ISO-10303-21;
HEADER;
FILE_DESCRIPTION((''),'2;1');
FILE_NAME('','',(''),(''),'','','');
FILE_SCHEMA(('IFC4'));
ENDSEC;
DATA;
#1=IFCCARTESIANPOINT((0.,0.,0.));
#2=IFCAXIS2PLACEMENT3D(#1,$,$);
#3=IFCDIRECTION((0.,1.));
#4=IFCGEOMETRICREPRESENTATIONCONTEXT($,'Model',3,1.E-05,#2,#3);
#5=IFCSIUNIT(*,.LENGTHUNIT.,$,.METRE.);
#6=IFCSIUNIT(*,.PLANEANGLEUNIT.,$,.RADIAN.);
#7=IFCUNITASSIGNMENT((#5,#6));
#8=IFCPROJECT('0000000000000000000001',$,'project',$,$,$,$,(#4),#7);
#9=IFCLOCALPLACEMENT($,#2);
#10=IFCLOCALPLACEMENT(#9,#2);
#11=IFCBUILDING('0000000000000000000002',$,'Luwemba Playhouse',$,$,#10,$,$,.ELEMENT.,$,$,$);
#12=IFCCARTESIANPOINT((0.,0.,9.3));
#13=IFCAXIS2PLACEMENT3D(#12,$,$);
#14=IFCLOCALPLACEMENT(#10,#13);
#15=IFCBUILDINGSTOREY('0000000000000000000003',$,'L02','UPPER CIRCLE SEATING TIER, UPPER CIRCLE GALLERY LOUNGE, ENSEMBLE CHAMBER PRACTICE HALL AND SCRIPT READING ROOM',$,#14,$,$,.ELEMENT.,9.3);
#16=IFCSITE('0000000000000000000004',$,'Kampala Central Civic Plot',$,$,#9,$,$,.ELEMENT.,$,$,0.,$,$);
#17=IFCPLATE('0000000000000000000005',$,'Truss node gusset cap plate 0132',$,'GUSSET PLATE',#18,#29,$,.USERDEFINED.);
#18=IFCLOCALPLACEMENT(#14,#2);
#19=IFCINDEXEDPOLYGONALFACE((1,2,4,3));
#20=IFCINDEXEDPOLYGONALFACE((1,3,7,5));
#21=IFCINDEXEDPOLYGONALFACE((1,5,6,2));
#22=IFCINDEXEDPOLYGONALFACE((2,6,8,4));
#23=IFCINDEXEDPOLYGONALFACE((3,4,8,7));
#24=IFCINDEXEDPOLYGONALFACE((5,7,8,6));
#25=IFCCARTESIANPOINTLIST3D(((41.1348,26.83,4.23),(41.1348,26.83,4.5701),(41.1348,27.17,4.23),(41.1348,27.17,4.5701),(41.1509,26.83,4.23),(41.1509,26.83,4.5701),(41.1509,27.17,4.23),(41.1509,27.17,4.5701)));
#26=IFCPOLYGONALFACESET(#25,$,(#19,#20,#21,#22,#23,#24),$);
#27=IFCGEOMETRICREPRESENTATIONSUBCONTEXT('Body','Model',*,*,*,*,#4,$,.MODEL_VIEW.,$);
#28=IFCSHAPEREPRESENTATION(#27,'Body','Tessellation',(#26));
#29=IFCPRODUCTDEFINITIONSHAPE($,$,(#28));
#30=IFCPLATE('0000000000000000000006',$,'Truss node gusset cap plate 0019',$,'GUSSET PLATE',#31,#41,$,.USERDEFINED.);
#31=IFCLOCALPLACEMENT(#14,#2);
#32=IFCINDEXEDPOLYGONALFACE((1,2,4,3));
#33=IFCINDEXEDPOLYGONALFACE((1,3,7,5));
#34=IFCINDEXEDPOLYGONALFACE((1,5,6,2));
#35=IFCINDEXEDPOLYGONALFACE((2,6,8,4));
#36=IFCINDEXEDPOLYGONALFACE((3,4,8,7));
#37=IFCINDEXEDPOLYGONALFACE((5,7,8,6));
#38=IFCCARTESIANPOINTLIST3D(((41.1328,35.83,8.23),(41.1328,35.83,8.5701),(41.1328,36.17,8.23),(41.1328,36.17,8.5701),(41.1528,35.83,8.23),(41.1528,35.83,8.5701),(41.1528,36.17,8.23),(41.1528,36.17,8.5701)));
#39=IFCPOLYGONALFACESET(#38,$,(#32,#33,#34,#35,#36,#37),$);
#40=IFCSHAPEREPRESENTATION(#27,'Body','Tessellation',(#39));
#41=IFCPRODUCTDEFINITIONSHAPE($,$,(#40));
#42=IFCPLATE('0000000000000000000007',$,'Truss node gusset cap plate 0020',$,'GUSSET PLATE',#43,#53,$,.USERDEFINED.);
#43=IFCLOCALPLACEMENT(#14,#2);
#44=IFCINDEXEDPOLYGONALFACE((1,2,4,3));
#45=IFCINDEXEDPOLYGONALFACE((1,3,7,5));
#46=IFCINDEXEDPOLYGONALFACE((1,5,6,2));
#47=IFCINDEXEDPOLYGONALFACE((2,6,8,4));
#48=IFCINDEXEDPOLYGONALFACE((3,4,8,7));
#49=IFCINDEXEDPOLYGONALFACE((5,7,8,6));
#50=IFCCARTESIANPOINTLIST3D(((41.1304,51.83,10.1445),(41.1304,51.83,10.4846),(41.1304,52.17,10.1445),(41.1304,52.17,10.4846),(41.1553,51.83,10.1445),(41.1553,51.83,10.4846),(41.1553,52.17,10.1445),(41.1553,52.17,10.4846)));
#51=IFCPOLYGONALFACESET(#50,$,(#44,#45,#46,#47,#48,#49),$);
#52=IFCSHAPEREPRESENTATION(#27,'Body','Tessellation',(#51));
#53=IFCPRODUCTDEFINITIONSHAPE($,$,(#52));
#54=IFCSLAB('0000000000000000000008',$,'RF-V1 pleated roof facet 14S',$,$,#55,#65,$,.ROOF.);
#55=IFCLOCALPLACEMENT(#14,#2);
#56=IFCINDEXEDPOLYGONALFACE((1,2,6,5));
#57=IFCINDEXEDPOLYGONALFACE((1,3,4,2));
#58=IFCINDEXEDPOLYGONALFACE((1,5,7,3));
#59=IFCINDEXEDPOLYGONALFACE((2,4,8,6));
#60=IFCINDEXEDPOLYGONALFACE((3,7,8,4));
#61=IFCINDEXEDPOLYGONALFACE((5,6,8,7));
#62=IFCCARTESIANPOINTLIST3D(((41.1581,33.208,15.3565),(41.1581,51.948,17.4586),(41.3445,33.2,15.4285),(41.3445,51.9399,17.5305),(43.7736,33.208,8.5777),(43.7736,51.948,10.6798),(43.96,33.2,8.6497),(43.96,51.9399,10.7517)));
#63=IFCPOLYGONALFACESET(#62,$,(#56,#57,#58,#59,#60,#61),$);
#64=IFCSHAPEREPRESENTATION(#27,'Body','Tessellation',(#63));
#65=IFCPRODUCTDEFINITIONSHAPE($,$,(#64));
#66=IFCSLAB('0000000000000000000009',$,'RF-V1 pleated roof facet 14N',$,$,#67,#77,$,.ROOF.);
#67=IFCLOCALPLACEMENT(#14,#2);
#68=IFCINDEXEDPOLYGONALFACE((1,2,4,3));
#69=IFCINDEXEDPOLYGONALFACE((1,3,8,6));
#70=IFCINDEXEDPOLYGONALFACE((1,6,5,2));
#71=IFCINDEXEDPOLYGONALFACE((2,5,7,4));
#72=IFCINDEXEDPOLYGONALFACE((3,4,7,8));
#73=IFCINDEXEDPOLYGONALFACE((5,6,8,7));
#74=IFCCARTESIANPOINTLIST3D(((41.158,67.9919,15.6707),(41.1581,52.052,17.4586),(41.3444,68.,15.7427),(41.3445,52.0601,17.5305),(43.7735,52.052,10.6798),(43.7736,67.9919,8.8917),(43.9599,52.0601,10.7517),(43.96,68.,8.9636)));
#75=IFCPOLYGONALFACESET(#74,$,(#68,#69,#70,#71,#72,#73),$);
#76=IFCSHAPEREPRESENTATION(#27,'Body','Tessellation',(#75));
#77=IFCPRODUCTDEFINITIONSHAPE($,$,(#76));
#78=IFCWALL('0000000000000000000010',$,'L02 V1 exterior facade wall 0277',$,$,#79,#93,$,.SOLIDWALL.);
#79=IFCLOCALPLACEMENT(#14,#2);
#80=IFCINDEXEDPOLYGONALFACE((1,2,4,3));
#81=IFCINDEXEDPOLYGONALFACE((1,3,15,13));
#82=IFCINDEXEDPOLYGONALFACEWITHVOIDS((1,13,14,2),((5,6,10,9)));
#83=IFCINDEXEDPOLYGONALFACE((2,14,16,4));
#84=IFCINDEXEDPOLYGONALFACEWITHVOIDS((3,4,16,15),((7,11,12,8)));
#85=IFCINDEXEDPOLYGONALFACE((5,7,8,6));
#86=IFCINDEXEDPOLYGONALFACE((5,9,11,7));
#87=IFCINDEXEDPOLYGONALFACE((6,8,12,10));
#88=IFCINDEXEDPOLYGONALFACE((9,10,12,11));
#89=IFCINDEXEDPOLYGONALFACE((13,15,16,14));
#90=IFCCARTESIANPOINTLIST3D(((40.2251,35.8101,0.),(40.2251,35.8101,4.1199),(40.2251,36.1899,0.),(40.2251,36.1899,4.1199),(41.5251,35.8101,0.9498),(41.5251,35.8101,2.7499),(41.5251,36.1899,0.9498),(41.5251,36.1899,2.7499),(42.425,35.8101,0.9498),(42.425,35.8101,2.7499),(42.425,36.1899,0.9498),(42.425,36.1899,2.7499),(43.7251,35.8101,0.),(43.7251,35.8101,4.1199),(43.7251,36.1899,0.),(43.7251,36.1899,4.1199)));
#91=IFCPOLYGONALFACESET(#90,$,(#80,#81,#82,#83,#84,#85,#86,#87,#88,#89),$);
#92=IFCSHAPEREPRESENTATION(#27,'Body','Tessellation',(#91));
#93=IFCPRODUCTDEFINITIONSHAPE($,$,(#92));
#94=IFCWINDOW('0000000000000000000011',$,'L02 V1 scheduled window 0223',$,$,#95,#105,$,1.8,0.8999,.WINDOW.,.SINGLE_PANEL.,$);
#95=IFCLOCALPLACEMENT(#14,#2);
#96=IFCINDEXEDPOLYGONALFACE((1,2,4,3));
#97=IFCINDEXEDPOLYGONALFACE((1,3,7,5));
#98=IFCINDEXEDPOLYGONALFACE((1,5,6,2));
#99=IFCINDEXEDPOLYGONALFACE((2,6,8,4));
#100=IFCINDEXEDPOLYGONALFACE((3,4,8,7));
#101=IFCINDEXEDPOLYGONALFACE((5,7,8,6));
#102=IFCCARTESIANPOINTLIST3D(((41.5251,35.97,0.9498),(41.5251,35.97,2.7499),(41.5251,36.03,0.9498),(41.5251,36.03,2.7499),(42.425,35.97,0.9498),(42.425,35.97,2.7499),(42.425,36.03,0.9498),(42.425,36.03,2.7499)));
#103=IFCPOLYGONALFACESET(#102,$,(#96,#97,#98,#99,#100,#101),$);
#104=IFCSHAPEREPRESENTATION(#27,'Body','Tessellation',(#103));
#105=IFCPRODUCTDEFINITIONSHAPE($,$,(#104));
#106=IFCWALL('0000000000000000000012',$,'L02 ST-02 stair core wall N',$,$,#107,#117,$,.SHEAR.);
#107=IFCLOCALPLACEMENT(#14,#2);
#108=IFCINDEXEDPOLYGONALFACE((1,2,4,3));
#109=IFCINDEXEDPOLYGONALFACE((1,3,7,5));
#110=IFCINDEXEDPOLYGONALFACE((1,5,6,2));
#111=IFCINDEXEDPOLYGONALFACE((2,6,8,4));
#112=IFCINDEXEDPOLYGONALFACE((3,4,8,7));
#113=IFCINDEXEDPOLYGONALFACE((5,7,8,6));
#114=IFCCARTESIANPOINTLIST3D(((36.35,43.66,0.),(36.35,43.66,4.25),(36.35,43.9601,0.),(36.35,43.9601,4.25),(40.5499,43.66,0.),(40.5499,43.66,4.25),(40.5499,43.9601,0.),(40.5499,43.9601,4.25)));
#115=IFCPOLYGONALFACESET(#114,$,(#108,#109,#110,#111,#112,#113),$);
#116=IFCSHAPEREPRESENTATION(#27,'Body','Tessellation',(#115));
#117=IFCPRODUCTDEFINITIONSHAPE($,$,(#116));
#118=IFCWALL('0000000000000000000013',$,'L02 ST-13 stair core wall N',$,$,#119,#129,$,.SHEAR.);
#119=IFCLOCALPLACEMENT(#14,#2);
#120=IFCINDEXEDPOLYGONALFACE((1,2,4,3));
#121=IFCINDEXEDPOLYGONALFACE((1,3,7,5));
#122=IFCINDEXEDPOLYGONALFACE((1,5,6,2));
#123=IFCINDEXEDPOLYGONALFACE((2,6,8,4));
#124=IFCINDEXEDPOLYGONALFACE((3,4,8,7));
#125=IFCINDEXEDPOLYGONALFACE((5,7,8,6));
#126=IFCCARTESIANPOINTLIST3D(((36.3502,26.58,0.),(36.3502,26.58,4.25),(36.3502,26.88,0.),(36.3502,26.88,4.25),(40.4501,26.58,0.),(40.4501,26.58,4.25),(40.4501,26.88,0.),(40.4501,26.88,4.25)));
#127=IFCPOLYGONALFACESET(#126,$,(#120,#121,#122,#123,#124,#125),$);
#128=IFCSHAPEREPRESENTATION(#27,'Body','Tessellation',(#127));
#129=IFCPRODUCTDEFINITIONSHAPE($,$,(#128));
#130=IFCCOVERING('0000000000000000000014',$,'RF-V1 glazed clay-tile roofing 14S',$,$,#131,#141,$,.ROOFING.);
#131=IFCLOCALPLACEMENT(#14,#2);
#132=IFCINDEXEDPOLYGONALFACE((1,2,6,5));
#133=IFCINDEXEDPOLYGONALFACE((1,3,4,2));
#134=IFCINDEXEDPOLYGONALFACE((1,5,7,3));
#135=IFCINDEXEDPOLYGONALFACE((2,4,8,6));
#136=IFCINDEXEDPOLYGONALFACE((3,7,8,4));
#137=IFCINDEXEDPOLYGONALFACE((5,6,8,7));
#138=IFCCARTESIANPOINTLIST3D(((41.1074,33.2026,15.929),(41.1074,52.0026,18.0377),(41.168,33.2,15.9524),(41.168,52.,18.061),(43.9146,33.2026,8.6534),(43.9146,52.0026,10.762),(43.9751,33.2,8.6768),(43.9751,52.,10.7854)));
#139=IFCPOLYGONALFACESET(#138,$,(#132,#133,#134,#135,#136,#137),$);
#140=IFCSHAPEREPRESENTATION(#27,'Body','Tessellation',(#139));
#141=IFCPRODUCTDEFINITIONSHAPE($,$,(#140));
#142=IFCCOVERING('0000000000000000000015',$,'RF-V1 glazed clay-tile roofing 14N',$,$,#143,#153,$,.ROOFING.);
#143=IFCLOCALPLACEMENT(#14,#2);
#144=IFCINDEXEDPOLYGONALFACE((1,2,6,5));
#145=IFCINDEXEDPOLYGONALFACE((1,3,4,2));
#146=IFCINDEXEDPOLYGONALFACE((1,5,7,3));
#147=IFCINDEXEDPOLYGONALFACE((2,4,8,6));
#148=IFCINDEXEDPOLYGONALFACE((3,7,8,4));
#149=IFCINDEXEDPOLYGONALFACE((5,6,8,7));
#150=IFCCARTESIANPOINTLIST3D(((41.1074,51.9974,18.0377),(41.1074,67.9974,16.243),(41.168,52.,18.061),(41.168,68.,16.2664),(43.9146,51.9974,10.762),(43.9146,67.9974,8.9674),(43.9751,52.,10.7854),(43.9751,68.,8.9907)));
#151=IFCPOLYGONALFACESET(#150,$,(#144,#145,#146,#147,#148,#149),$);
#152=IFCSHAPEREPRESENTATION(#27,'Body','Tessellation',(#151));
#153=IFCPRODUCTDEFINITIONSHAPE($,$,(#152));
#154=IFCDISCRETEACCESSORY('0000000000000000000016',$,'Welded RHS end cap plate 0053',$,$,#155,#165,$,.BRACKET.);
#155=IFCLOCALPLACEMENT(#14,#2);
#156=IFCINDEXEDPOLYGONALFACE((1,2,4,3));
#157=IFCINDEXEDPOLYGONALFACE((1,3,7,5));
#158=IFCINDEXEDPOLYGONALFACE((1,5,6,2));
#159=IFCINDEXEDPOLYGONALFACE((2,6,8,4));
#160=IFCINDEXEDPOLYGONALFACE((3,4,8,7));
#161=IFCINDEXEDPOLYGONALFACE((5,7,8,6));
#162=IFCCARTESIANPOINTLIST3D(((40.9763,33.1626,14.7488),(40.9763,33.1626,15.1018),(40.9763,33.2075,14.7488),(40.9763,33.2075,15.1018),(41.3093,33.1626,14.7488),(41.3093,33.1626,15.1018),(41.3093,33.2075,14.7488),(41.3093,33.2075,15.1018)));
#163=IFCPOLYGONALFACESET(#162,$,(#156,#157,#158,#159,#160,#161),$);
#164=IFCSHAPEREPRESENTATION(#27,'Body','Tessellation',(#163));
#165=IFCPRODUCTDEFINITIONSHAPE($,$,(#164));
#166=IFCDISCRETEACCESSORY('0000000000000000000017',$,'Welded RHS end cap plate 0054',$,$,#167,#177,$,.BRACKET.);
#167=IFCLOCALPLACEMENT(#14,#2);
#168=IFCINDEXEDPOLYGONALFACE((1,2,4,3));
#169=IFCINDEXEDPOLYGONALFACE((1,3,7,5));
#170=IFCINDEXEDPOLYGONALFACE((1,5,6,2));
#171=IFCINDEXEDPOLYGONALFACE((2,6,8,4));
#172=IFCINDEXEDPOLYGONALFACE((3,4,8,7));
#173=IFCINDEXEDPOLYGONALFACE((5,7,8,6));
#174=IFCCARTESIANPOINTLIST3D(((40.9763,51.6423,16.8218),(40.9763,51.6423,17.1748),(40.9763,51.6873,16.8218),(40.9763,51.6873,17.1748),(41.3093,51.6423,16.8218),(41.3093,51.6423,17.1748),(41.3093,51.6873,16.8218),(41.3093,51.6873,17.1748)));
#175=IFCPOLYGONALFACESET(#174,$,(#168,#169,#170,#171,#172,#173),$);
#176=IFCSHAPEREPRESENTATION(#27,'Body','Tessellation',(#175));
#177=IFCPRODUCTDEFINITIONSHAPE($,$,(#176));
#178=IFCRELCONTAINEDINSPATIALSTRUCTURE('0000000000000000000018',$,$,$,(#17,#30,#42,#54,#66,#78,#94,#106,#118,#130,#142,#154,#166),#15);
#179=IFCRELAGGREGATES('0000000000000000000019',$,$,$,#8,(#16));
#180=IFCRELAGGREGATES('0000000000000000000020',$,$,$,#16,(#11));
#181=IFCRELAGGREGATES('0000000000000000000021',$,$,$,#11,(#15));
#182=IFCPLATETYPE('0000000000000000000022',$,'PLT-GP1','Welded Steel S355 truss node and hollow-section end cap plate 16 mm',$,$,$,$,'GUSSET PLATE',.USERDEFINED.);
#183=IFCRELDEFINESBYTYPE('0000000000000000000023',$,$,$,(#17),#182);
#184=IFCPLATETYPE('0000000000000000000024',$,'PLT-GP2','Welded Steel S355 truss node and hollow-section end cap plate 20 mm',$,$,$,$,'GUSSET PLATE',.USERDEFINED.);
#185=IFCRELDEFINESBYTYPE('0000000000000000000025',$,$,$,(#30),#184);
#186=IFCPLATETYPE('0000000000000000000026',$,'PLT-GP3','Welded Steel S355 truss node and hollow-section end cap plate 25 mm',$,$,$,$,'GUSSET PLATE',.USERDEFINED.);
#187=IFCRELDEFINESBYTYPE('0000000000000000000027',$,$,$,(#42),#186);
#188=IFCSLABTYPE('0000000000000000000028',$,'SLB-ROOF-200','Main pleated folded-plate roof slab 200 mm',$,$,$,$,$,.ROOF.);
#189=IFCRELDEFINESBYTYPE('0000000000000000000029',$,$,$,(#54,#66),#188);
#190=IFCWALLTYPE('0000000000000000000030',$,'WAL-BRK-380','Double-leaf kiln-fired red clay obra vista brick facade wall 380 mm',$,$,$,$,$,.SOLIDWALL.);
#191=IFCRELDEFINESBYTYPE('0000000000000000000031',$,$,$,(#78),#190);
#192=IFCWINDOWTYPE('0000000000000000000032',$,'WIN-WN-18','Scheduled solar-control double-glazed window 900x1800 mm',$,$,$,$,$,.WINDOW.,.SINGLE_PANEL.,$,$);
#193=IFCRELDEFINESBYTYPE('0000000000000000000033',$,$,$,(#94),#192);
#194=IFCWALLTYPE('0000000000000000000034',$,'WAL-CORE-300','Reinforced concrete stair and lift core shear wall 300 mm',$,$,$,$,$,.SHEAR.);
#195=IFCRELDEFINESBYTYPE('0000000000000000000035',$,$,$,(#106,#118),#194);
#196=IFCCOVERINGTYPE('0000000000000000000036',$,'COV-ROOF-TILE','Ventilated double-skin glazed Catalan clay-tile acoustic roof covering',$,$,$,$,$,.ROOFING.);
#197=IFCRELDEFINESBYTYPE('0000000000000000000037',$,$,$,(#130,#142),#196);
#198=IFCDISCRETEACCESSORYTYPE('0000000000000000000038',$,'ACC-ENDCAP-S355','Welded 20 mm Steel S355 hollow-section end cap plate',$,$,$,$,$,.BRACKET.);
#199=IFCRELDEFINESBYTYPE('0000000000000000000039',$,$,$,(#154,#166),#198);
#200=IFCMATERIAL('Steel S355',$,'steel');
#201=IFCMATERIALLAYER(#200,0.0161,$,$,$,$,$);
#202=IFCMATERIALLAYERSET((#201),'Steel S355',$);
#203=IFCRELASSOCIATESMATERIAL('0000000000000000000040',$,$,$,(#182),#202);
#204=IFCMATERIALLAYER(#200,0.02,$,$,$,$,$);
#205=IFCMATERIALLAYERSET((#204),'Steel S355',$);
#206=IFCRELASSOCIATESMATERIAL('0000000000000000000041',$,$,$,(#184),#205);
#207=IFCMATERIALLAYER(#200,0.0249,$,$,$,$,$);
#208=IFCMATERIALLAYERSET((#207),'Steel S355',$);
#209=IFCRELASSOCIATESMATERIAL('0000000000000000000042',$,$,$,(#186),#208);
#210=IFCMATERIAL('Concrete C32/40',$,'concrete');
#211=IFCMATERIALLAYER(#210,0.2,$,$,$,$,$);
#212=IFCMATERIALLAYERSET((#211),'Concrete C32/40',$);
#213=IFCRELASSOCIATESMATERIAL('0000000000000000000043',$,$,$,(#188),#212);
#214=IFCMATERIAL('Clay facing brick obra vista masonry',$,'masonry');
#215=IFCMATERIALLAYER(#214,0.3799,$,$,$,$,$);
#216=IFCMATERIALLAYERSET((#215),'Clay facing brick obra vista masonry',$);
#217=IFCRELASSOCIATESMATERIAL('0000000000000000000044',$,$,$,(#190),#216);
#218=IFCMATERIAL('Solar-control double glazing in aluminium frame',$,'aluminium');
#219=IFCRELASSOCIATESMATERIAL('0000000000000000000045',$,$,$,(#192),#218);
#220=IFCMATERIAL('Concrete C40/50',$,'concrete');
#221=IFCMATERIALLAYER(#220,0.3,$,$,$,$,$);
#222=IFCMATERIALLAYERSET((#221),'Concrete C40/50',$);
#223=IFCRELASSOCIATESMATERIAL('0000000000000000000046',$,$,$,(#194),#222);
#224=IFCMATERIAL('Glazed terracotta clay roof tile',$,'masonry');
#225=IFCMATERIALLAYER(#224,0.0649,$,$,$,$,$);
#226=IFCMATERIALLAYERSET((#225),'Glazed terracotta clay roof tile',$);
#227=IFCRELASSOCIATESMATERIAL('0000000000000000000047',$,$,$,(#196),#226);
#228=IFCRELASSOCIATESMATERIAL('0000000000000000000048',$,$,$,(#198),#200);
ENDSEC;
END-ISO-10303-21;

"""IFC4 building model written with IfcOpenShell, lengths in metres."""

from ifc_helpers import new_model, si_unit, direction, frame, frame_2d, origin, origin_2d, place, context, subcontext, project, spatial, polyline, rectangle, outline, extrude, material, layer, layer_set, type_object, element, fill, save


model = new_model("IFC4")

# Units and contexts
model_context = context("Model", 3, precision=1e-05, world=origin(), true_north=direction((0.0, 1.0)))
body_context = subcontext(model_context, "Body", "Model", "MODEL_VIEW")
ifc_project = project(units=[si_unit("LENGTHUNIT", "METRE"), si_unit("PLANEANGLEUNIT", "RADIAN")], contexts=[model_context])

# Site, building, storey
site_placement = place(None, origin())
site = spatial("IfcSite", under=ifc_project, at=site_placement, Name="Kampala Central Civic Plot", CompositionType="ELEMENT", RefElevation=0.0)
building_placement = place(site_placement, origin())
building = spatial("IfcBuilding", under=site, at=building_placement, Name="Luwemba Playhouse", CompositionType="ELEMENT")
storey_placement = place(building_placement, frame((0.0, 0.0, 9.3)))
storey = spatial("IfcBuildingStorey", under=building, at=storey_placement, Name="L02", Description="UPPER CIRCLE SEATING TIER, UPPER CIRCLE GALLERY LOUNGE, ENSEMBLE CHAMBER PRACTICE HALL AND SCRIPT READING ROOM", CompositionType="ELEMENT", Elevation=9.3)

# Shared definitions
ifc_material_1 = material(Name="Steel S355", Category="steel")

# Plates
ifc_layer_1 = layer(ifc_material_1, 0.0161)
ifc_layer_set_1 = layer_set([ifc_layer_1], Name="Steel S355")
plate_type_1 = type_object("IfcPlateType", Name="PLT-GP1", Description="Welded Steel S355 truss node and hollow-section end cap plate 16 mm", ElementType="GUSSET PLATE", PredefinedType="USERDEFINED", material=ifc_layer_set_1)
plate_1_placement = place(storey_placement, frame((41.1428, 27.0, 4.23), z_axis=(0.0, 0.0, 1.0), x_axis=(1.0, 0.0, 0.0)))
element("IfcPlate", 1, at=plate_1_placement, inside=storey, type_object=plate_type_1, Name="Truss node gusset cap plate 0132", ObjectType="GUSSET PLATE", PredefinedType="USERDEFINED", context=body_context, shape_type="SweptSolid", body=[
    extrude(rectangle(XDim=0.0161, YDim=0.3401, at=origin_2d()), origin(), (0.0, 0.0, 1.0), 0.3401),
])
ifc_layer_2 = layer(ifc_material_1, 0.02)
ifc_layer_set_2 = layer_set([ifc_layer_2], Name="Steel S355")
plate_type_2 = type_object("IfcPlateType", Name="PLT-GP2", Description="Welded Steel S355 truss node and hollow-section end cap plate 20 mm", ElementType="GUSSET PLATE", PredefinedType="USERDEFINED", material=ifc_layer_set_2)
plate_2_placement = place(storey_placement, frame((41.1428, 36.0, 8.23), z_axis=(0.0, 0.0, 1.0), x_axis=(1.0, 0.0, 0.0)))
element("IfcPlate", 2, at=plate_2_placement, inside=storey, type_object=plate_type_2, Name="Truss node gusset cap plate 0019", ObjectType="GUSSET PLATE", PredefinedType="USERDEFINED", context=body_context, shape_type="SweptSolid", body=[
    extrude(rectangle(XDim=0.02, YDim=0.3401, at=origin_2d()), origin(), (0.0, 0.0, 1.0), 0.3401),
])
ifc_layer_3 = layer(ifc_material_1, 0.0249)
ifc_layer_set_3 = layer_set([ifc_layer_3], Name="Steel S355")
plate_type_3 = type_object("IfcPlateType", Name="PLT-GP3", Description="Welded Steel S355 truss node and hollow-section end cap plate 25 mm", ElementType="GUSSET PLATE", PredefinedType="USERDEFINED", material=ifc_layer_set_3)
plate_3_placement = place(storey_placement, frame((41.1428, 52.0, 10.1445), z_axis=(0.0, 0.0, 1.0), x_axis=(1.0, 0.0, 0.0)))
element("IfcPlate", 3, at=plate_3_placement, inside=storey, type_object=plate_type_3, Name="Truss node gusset cap plate 0020", ObjectType="GUSSET PLATE", PredefinedType="USERDEFINED", context=body_context, shape_type="SweptSolid", body=[
    extrude(rectangle(XDim=0.0249, YDim=0.3401, at=origin_2d()), origin(), (0.0, 0.0, 1.0), 0.3401),
])

# Slabs
ifc_material_2 = material(Name="Concrete C32/40", Category="concrete")
ifc_layer_4 = layer(ifc_material_2, 0.2)
ifc_layer_set_4 = layer_set([ifc_layer_4], Name="Concrete C32/40")
slab_type = type_object("IfcSlabType", Name="SLB-ROOF-200", Description="Main pleated folded-plate roof slab 200 mm", PredefinedType="ROOF", material=ifc_layer_set_4)
slab_1_placement = place(storey_placement, frame((41.3445, 33.2, 15.4285), z_axis=(0.932205, -0.040344, 0.359674), x_axis=(0.359967, 0.0, -0.932965)))
element("IfcSlab", 4, at=slab_1_placement, inside=storey, type_object=slab_type, Name="RF-V1 pleated roof facet 14S", PredefinedType="ROOF", context=body_context, shape_type="SweptSolid", body=[
    extrude(outline(polyline([(0.0, 0.0), (7.2659, 0.0), (5.3047, 18.7553), (-1.9611, 18.7553), (0.0, 0.0)])), origin(), (0.0, 0.0, -1.0), 0.2),
])
slab_2_placement = place(storey_placement, frame((41.3445, 52.0601, 17.5305), z_axis=(0.932208, 0.040344, 0.359669), x_axis=(0.359962, 0.0, -0.932967)))
element("IfcSlab", 5, at=slab_2_placement, inside=storey, type_object=slab_type, Name="RF-V1 pleated roof facet 14N", PredefinedType="ROOF", context=body_context, shape_type="SweptSolid", body=[
    extrude(outline(polyline([(0.0, 0.0), (7.2659, 0.0), (8.9341, 15.9529), (1.668, 15.9529), (0.0, 0.0)])), origin(), (0.0, 0.0, -1.0), 0.2),
])

# Wall, opening, window
ifc_material_3 = material(Name="Clay facing brick obra vista masonry", Category="masonry")
ifc_layer_5 = layer(ifc_material_3, 0.3799)
ifc_layer_set_5 = layer_set([ifc_layer_5], Name="Clay facing brick obra vista masonry")
wall_type_1 = type_object("IfcWallType", Name="WAL-BRK-380", Description="Double-leaf kiln-fired red clay obra vista brick facade wall 380 mm", PredefinedType="SOLIDWALL", material=ifc_layer_set_5)
wall_1_placement = place(storey_placement, frame((43.7251, 36.0, 0.0), z_axis=(0.0, 0.0, 1.0), x_axis=(-1.0, 0.0, 0.0)))
wall_1 = element("IfcWall", 6, at=wall_1_placement, inside=storey, type_object=wall_type_1, Name="L02 V1 exterior facade wall 0277", PredefinedType="SOLIDWALL", context=body_context, shape_type="SweptSolid", body=[
    extrude(rectangle(XDim=3.5, YDim=0.3799, at=frame_2d((1.75, 0.0))), origin(), (0.0, 0.0, 1.0), 4.1199),
])
opening_placement = place(wall_1_placement, frame((1.3, 0.0, 0.95)))
opening = element("IfcOpeningElement", 7, at=opening_placement, cuts=wall_1, PredefinedType="OPENING", context=body_context, shape_type="SweptSolid", body=[
    extrude(rectangle(XDim=0.8999, YDim=1.8, at=frame_2d((0.45, 0.8999))), frame((0.0, 0.2, 0.0), z_axis=(0.0, -1.0, 0.0), x_axis=(1.0, 0.0, 0.0)), (0.0, 0.0, 1.0), 0.3999),
])
ifc_material_4 = material(Name="Solar-control double glazing in aluminium frame", Category="aluminium")
window_type = type_object("IfcWindowType", Name="WIN-WN-18", Description="Scheduled solar-control double-glazed window 900x1800 mm", PartitioningType="SINGLE_PANEL", PredefinedType="WINDOW", material=ifc_material_4)
window_placement = place(opening_placement, origin())
window = element("IfcWindow", 8, at=window_placement, inside=storey, type_object=window_type, Name="L02 V1 scheduled window 0223", OverallHeight=1.8, OverallWidth=0.8999, PartitioningType="SINGLE_PANEL", PredefinedType="WINDOW", context=body_context, shape_type="SweptSolid", body=[
    extrude(rectangle(XDim=0.8999, YDim=1.8, at=frame_2d((0.45, 0.8999))), frame((0.0, 0.03, 0.0), z_axis=(0.0, -1.0, 0.0), x_axis=(1.0, 0.0, 0.0)), (0.0, 0.0, 1.0), 0.0601),
])
fill(opening, window)

# Walls
ifc_material_5 = material(Name="Concrete C40/50", Category="concrete")
ifc_layer_6 = layer(ifc_material_5, 0.3)
ifc_layer_set_6 = layer_set([ifc_layer_6], Name="Concrete C40/50")
wall_type_2 = type_object("IfcWallType", Name="WAL-CORE-300", Description="Reinforced concrete stair and lift core shear wall 300 mm", PredefinedType="SHEAR", material=ifc_layer_set_6)
wall_2_placement = place(storey_placement, frame((40.55, 43.8101, 0.0), z_axis=(0.0, 0.0, 1.0), x_axis=(-1.0, 0.0, 0.0)))
element("IfcWall", 9, at=wall_2_placement, inside=storey, type_object=wall_type_2, Name="L02 ST-02 stair core wall N", PredefinedType="SHEAR", context=body_context, shape_type="SweptSolid", body=[
    extrude(rectangle(XDim=4.2, YDim=0.3, at=frame_2d((2.1001, 0.0))), origin(), (0.0, 0.0, 1.0), 4.25),
])
wall_3_placement = place(storey_placement, frame((40.45, 26.73, 0.0), z_axis=(0.0, 0.0, 1.0), x_axis=(-1.0, 0.0, 0.0)))
element("IfcWall", 10, at=wall_3_placement, inside=storey, type_object=wall_type_2, Name="L02 ST-13 stair core wall N", PredefinedType="SHEAR", context=body_context, shape_type="SweptSolid", body=[
    extrude(rectangle(XDim=4.0999, YDim=0.3, at=frame_2d((2.0498, 0.0))), origin(), (0.0, 0.0, 1.0), 4.25),
])

# Coverings
ifc_material_6 = material(Name="Glazed terracotta clay roof tile", Category="masonry")
ifc_layer_7 = layer(ifc_material_6, 0.0649)
ifc_layer_set_7 = layer_set([ifc_layer_7], Name="Glazed terracotta clay roof tile")
covering_type = type_object("IfcCoveringType", Name="COV-ROOF-TILE", Description="Ventilated double-skin glazed Catalan clay-tile acoustic roof covering", PredefinedType="ROOFING", material=ifc_layer_set_7)
covering_1_placement = place(storey_placement, frame((41.168, 33.2, 15.9524), z_axis=(0.932207, -0.040341, 0.35967), x_axis=(0.359963, 0.0, -0.932967)))
element("IfcCovering", 11, at=covering_1_placement, inside=storey, type_object=covering_type, Name="RF-V1 glazed clay-tile roofing 14S", PredefinedType="ROOFING", context=body_context, shape_type="SweptSolid", body=[
    extrude(outline(polyline([(0.0, 0.0), (7.7984, 0.0), (5.8311, 18.8154), (-1.9673, 18.8154), (0.0, 0.0)])), origin(), (0.0, 0.0, -1.0), 0.0649),
])
covering_2_placement = place(storey_placement, frame((41.168, 52.0, 18.061), z_axis=(0.932207, 0.040343, 0.35967), x_axis=(0.359963, 0.0, -0.932967)))
element("IfcCovering", 12, at=covering_2_placement, inside=storey, type_object=covering_type, Name="RF-V1 glazed clay-tile roofing 14N", PredefinedType="ROOFING", context=body_context, shape_type="SweptSolid", body=[
    extrude(outline(polyline([(0.0, 0.0), (7.7984, 0.0), (9.4728, 16.013), (1.6744, 16.013), (0.0, 0.0)])), origin(), (0.0, 0.0, -1.0), 0.0649),
])

# Discrete accessories
discrete_accessory_type = type_object("IfcDiscreteAccessoryType", Name="ACC-ENDCAP-S355", Description="Welded 20 mm Steel S355 hollow-section end cap plate", PredefinedType="BRACKET", material=ifc_material_1)
for number, where, z_axis, x_axis, name in (
    (13, (41.1428, 33.1851, 14.7488), (0.0, 0.0, 1.0), (1.0, 0.0, 0.0), "Welded RHS end cap plate 0053"),
    (14, (41.1428, 51.6648, 16.8218), (0.0, 0.0, 1.0), (1.0, 0.0, 0.0), "Welded RHS end cap plate 0054"),
):
    element("IfcDiscreteAccessory", number, at=place(storey_placement, frame(where, z_axis=z_axis, x_axis=x_axis)), inside=storey, type_object=discrete_accessory_type, Name=name, PredefinedType="BRACKET", context=body_context, shape_type="SweptSolid", body=[
        extrude(rectangle(XDim=0.333, YDim=0.0449, at=origin_2d()), origin(), (0.0, 0.0, 1.0), 0.353),
    ])

save(model, "model.ifc")
